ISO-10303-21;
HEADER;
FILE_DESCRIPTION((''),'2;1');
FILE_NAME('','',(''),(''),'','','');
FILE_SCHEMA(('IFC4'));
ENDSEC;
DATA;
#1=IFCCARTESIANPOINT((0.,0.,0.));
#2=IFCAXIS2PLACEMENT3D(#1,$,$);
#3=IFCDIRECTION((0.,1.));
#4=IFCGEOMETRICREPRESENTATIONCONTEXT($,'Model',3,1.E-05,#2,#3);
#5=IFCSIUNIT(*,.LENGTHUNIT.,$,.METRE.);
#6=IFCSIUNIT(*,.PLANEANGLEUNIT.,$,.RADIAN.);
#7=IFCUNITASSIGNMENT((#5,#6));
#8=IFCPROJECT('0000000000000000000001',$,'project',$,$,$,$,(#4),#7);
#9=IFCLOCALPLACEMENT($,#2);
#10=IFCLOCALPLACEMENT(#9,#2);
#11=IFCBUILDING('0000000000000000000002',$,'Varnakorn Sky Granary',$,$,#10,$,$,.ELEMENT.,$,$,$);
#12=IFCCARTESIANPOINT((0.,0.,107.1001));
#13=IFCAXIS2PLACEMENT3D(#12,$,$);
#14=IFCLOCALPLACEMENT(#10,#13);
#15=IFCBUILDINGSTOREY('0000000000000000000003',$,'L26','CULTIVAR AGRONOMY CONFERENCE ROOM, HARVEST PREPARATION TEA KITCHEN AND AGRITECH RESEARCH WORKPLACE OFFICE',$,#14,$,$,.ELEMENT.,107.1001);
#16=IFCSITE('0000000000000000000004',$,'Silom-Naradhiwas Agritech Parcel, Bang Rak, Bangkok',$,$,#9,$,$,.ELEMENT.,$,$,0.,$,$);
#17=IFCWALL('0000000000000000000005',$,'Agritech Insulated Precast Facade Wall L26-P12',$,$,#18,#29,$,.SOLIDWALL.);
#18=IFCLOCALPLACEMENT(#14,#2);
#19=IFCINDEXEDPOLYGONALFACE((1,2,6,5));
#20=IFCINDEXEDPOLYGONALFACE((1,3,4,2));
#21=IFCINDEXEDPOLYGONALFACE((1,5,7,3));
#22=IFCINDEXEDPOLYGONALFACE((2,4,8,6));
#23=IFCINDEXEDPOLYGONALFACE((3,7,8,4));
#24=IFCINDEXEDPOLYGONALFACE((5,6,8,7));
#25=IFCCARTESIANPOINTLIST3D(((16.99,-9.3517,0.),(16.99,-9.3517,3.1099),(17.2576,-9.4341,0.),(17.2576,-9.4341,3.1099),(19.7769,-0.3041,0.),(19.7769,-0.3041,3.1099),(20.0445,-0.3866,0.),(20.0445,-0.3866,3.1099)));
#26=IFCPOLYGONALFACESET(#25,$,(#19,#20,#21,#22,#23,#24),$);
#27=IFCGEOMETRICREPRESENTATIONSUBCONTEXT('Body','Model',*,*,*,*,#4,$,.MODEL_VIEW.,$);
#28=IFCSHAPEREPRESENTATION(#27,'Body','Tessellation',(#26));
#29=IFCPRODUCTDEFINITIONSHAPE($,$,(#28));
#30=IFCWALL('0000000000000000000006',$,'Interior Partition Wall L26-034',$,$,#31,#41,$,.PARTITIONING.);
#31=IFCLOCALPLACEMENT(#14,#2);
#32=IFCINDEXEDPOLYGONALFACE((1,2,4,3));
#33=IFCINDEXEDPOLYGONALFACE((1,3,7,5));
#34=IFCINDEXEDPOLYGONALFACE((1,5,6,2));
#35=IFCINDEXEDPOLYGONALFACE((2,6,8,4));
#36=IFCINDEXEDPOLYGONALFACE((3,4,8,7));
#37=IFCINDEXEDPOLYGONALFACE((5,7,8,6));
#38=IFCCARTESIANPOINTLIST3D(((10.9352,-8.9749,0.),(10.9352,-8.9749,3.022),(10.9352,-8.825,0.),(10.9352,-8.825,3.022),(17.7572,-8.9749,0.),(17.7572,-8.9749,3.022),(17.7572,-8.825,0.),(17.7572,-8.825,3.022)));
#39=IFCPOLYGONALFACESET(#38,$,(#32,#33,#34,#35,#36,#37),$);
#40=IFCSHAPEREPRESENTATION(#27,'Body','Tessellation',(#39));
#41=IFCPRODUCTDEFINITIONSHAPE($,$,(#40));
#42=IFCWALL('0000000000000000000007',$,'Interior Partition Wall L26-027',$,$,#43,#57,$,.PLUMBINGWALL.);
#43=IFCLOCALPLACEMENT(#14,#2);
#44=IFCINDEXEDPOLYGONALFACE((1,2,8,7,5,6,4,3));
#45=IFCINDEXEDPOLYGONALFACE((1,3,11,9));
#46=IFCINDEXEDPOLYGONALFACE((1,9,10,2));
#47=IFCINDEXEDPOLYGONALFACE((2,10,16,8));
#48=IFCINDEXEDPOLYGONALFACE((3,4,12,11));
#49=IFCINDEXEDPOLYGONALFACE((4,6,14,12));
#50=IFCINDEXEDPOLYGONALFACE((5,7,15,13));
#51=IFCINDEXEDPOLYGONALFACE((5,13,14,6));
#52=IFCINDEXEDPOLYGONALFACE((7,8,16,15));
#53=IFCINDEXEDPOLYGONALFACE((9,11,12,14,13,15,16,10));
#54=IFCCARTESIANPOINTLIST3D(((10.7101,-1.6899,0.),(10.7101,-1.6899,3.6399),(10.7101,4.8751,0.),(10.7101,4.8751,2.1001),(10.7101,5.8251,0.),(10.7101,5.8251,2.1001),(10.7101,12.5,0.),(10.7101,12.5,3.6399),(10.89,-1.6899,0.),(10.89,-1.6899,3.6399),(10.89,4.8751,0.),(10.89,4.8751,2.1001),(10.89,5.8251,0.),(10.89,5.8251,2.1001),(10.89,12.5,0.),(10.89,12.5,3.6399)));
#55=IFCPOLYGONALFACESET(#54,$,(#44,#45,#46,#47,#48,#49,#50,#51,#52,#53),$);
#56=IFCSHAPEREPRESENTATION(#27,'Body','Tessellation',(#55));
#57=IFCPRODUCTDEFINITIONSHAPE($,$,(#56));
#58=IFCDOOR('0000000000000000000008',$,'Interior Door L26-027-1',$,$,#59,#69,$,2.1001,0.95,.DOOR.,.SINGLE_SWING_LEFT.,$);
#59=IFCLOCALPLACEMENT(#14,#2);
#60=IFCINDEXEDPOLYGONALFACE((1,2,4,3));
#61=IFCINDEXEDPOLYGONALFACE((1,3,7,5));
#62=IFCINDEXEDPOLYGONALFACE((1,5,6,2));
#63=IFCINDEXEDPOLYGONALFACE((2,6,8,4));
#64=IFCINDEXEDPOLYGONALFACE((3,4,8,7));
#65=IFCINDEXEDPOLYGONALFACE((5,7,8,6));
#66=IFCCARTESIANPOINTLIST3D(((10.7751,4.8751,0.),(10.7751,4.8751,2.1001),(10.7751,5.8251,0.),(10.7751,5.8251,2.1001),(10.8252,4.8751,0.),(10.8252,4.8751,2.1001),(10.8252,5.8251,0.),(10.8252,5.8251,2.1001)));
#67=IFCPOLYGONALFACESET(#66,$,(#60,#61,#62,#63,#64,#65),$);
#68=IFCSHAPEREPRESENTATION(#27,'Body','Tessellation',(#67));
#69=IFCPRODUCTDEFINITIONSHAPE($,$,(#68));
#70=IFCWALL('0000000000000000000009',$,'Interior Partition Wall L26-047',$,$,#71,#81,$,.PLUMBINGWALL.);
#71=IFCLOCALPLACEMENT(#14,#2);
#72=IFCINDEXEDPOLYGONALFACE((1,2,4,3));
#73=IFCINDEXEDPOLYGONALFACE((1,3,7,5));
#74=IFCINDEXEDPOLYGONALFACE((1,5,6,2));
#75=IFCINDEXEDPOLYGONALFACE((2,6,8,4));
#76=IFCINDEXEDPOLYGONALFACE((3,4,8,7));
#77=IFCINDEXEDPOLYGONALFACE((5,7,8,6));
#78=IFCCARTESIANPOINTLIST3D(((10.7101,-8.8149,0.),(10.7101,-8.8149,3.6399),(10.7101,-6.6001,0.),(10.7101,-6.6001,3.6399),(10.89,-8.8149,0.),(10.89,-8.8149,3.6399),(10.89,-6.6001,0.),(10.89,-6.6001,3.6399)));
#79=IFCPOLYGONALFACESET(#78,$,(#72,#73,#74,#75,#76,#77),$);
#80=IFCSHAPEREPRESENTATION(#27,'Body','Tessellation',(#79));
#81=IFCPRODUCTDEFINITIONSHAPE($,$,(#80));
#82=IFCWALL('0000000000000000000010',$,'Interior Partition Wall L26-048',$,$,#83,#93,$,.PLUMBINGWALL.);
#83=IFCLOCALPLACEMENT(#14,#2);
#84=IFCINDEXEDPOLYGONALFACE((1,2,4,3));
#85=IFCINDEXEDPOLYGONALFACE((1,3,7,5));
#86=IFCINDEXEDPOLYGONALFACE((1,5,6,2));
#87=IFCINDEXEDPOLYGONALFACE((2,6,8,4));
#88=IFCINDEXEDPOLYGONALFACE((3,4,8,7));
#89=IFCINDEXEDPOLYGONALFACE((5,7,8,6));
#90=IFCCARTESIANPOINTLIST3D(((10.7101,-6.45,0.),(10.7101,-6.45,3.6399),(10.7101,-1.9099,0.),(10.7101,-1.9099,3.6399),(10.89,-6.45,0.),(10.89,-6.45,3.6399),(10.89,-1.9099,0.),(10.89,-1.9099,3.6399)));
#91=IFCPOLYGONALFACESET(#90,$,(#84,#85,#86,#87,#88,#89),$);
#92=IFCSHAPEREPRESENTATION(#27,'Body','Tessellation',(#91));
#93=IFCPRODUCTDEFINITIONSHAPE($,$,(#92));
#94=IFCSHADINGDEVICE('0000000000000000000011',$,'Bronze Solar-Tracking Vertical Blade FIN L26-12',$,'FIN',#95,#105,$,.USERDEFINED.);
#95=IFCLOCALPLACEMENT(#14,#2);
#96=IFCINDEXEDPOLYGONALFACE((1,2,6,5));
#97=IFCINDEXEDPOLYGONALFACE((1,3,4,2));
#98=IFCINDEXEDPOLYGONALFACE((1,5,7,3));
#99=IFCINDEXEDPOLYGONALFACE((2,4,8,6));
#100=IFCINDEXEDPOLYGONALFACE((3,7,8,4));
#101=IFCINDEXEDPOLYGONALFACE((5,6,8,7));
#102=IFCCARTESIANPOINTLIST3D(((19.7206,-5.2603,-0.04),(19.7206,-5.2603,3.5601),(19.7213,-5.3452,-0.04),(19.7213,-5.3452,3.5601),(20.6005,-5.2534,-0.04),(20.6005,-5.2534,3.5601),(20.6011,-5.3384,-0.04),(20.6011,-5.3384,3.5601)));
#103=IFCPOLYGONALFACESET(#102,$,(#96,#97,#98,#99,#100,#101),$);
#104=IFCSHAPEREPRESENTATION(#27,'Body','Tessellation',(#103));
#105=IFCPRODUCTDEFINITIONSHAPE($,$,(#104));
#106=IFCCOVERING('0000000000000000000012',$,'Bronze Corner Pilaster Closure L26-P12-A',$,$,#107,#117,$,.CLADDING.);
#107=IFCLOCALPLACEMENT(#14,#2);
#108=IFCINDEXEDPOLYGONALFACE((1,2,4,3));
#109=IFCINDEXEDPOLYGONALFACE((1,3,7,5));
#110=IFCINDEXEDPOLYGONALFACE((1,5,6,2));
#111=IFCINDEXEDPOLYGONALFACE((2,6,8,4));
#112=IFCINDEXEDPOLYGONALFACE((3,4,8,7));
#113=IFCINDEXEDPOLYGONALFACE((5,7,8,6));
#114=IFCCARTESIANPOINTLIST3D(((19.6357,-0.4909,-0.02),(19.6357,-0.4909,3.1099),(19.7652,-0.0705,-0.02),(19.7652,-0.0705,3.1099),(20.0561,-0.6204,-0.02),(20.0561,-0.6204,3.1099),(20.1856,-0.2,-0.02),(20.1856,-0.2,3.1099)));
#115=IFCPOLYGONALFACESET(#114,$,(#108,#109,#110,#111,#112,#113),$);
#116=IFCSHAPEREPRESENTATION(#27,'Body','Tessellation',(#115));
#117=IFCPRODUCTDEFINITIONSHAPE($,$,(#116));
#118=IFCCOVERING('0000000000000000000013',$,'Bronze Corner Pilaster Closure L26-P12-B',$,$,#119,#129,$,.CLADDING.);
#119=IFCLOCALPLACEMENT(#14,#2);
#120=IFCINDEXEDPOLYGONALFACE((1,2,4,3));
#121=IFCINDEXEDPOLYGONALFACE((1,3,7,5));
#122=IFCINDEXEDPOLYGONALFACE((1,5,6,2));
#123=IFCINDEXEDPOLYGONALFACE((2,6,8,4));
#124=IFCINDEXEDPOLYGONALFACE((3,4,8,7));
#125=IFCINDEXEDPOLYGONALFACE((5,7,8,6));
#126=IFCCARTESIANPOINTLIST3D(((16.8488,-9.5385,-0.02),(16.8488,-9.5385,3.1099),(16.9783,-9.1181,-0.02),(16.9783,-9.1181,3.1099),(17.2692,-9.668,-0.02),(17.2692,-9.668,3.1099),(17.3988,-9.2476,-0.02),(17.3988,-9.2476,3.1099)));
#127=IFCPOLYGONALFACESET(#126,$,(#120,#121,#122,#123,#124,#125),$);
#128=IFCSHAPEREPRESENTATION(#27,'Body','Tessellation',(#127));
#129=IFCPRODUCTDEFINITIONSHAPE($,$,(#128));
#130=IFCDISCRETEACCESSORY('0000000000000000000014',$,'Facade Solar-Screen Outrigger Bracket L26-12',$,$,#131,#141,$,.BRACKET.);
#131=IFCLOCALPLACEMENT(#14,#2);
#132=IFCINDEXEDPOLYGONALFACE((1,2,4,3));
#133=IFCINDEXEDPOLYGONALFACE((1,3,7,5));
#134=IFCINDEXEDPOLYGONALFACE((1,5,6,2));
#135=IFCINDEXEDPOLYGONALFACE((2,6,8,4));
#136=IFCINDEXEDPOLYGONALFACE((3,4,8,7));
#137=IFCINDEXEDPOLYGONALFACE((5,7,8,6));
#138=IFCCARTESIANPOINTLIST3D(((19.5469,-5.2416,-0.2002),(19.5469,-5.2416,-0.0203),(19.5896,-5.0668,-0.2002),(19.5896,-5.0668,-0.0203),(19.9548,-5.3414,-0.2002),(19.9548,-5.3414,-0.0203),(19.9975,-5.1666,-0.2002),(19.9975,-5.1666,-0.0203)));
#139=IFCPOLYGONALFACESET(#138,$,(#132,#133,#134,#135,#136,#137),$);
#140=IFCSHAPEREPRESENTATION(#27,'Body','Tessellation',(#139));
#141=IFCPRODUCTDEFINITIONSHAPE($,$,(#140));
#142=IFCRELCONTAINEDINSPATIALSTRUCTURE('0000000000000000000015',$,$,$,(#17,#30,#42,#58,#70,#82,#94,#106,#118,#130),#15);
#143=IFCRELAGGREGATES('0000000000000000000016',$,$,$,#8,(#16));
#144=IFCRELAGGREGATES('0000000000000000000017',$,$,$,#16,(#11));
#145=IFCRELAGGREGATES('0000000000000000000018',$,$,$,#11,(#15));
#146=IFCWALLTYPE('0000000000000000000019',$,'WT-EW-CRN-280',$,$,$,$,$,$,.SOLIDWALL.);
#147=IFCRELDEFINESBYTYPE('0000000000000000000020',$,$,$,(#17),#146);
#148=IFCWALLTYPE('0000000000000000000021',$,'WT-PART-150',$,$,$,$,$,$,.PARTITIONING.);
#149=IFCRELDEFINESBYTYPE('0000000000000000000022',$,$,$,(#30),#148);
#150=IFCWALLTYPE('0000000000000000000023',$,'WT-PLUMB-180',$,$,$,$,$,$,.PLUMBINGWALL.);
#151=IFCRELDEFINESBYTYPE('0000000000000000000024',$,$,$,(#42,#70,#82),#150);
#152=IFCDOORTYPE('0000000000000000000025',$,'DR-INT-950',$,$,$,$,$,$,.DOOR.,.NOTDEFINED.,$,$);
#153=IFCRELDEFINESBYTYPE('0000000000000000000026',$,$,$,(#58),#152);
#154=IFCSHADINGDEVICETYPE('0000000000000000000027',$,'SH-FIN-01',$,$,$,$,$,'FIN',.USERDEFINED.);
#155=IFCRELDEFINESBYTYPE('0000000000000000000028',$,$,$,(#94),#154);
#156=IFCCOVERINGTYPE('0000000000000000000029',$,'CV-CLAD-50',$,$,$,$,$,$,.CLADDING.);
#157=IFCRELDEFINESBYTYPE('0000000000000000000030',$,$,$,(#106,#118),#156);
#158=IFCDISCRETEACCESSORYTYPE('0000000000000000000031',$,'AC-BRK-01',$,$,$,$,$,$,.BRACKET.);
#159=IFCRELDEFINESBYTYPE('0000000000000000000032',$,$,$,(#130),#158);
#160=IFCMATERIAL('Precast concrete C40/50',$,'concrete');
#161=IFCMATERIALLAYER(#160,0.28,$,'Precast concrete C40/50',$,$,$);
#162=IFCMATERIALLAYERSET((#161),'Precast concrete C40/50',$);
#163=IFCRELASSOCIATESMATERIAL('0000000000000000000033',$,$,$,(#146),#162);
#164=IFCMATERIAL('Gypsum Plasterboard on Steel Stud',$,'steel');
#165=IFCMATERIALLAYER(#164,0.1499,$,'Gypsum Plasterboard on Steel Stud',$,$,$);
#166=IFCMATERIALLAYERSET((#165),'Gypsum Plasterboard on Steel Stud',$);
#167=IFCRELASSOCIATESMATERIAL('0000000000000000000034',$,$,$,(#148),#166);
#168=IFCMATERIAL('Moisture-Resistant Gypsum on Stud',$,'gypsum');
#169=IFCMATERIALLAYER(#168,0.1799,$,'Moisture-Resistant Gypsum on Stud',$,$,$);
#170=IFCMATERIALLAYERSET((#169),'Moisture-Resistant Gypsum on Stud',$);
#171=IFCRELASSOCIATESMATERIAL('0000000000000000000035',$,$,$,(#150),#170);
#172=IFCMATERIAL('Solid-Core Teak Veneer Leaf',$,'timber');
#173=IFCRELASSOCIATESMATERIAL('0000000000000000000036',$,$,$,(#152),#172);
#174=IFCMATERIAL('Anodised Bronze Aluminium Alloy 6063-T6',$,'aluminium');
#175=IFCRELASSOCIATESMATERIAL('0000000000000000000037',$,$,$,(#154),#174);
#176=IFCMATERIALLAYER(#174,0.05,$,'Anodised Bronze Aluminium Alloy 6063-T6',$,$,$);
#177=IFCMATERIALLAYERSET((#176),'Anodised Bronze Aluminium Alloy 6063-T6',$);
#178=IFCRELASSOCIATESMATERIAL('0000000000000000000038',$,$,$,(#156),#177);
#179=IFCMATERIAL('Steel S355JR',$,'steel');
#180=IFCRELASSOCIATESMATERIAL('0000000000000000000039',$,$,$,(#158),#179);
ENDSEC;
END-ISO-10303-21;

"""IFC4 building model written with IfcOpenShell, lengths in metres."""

from ifc_helpers import new_model, si_unit, direction, frame, frame_2d, origin, origin_2d, place, context, subcontext, project, spatial, rectangle, extrude, source, transform, mapped, material, layer, layer_set, type_object, type_shapes, element, fill, save


model = new_model("IFC4")

# Units and contexts
model_context = context("Model", 3, precision=1e-05, world=origin(), true_north=direction((0.0, 1.0)))
body_context = subcontext(model_context, "Body", "Model", "MODEL_VIEW")
ifc_project = project(units=[si_unit("LENGTHUNIT", "METRE"), si_unit("PLANEANGLEUNIT", "RADIAN")], contexts=[model_context])

# Site, building, storey
site_placement = place(None, origin())
site = spatial("IfcSite", under=ifc_project, at=site_placement, Name="Silom-Naradhiwas Agritech Parcel, Bang Rak, Bangkok", CompositionType="ELEMENT", RefElevation=0.0)
building_placement = place(site_placement, origin())
building = spatial("IfcBuilding", under=site, at=building_placement, Name="Varnakorn Sky Granary", CompositionType="ELEMENT")
storey_placement = place(building_placement, frame((0.0, 0.0, 107.1001)))
storey = spatial("IfcBuildingStorey", under=building, at=storey_placement, Name="L26", Description="CULTIVAR AGRONOMY CONFERENCE ROOM, HARVEST PREPARATION TEA KITCHEN AND AGRITECH RESEARCH WORKPLACE OFFICE", CompositionType="ELEMENT", Elevation=107.1001)

# Shared definitions
ifc_material_1 = material(Name="Steel S355JR", Category="steel")

# Shared definitions
ifc_material_2 = material(Name="Anodised Bronze Aluminium Alloy 6063-T6", Category="aluminium")

# Walls
ifc_material_3 = material(Name="Precast concrete C40/50", Category="concrete")
ifc_layer_1 = layer(ifc_material_3, 0.28, Name="Precast concrete C40/50")
ifc_layer_set_1 = layer_set([ifc_layer_1], Name="Precast concrete C40/50")
wall_type_1 = type_object("IfcWallType", Name="WT-EW-CRN-280", PredefinedType="SOLIDWALL", material=ifc_layer_set_1)
wall_1_placement = place(storey_placement, frame((19.9106, -0.3455, 0.0), z_axis=(0.0, 0.0, 1.0), x_axis=(-0.294374, -0.95569, 0.0)))
element("IfcWall", 1, at=wall_1_placement, inside=storey, type_object=wall_type_1, Name="Agritech Insulated Precast Facade Wall L26-P12", PredefinedType="SOLIDWALL", context=body_context, shape_type="SweptSolid", body=[
    extrude(rectangle(XDim=9.467, YDim=0.28, at=frame_2d((4.7334, 0.0))), origin(), (0.0, 0.0, 1.0), 3.1099),
])
ifc_material_4 = material(Name="Gypsum Plasterboard on Steel Stud", Category="steel")
ifc_layer_2 = layer(ifc_material_4, 0.1499, Name="Gypsum Plasterboard on Steel Stud")
ifc_layer_set_2 = layer_set([ifc_layer_2], Name="Gypsum Plasterboard on Steel Stud")
wall_type_2 = type_object("IfcWallType", Name="WT-PART-150", PredefinedType="PARTITIONING", material=ifc_layer_set_2)
wall_2_placement = place(storey_placement, frame((10.9351, -8.8999, 0.0), z_axis=(0.0, 0.0, 1.0), x_axis=(1.0, 0.0, 0.0)))
element("IfcWall", 2, at=wall_2_placement, inside=storey, type_object=wall_type_2, Name="Interior Partition Wall L26-034", PredefinedType="PARTITIONING", context=body_context, shape_type="SweptSolid", body=[
    extrude(rectangle(XDim=6.822, YDim=0.1499, at=frame_2d((3.4111, 0.0))), origin(), (0.0, 0.0, 1.0), 3.022),
])

# Wall, opening, door
ifc_material_5 = material(Name="Moisture-Resistant Gypsum on Stud", Category="gypsum")
ifc_layer_3 = layer(ifc_material_5, 0.1799, Name="Moisture-Resistant Gypsum on Stud")
ifc_layer_set_3 = layer_set([ifc_layer_3], Name="Moisture-Resistant Gypsum on Stud")
wall_type_3 = type_object("IfcWallType", Name="WT-PLUMB-180", PredefinedType="PLUMBINGWALL", material=ifc_layer_set_3)
wall_3_placement = place(storey_placement, frame((10.8, -1.6899, 0.0), z_axis=(0.0, 0.0, 1.0), x_axis=(0.0, 1.0, 0.0)))
wall_3 = element("IfcWall", 3, at=wall_3_placement, inside=storey, type_object=wall_type_3, Name="Interior Partition Wall L26-027", PredefinedType="PLUMBINGWALL", context=body_context, shape_type="SweptSolid", body=[
    extrude(rectangle(XDim=14.1899, YDim=0.1799, at=frame_2d((7.095, 0.0))), origin(), (0.0, 0.0, 1.0), 3.6399),
])
opening_placement = place(wall_3_placement, frame((6.5649, 0.0, 0.0)))
opening = element("IfcOpeningElement", 4, at=opening_placement, cuts=wall_3, PredefinedType="OPENING", context=body_context, shape_type="SweptSolid", body=[
    extrude(rectangle(XDim=0.95, YDim=2.1001, at=frame_2d((0.4751, 1.05))), frame((0.0, 0.1001, 0.0), z_axis=(0.0, -1.0, 0.0), x_axis=(1.0, 0.0, 0.0)), (0.0, 0.0, 1.0), 0.2),
])
ifc_material_6 = material(Name="Solid-Core Teak Veneer Leaf", Category="timber")
door_type = type_object("IfcDoorType", Name="DR-INT-950", OperationType="NOTDEFINED", PredefinedType="DOOR", material=ifc_material_6)
door_placement = place(opening_placement, origin())
door = element("IfcDoor", 5, at=door_placement, inside=storey, type_object=door_type, Name="Interior Door L26-027-1", OperationType="SINGLE_SWING_LEFT", OverallHeight=2.1001, OverallWidth=0.95, PredefinedType="DOOR", context=body_context, shape_type="SweptSolid", body=[
    extrude(rectangle(XDim=0.95, YDim=2.1001, at=frame_2d((0.4751, 1.05))), frame((0.0, 0.0249, 0.0), z_axis=(0.0, -1.0, 0.0), x_axis=(1.0, 0.0, 0.0)), (0.0, 0.0, 1.0), 0.05),
])
fill(opening, door)

# Walls
wall_4_placement = place(storey_placement, frame((10.8, -8.8149, 0.0), z_axis=(0.0, 0.0, 1.0), x_axis=(0.0, 1.0, 0.0)))
element("IfcWall", 6, at=wall_4_placement, inside=storey, type_object=wall_type_3, Name="Interior Partition Wall L26-047", PredefinedType="PLUMBINGWALL", context=body_context, shape_type="SweptSolid", body=[
    extrude(rectangle(XDim=2.2148, YDim=0.1799, at=frame_2d((1.1074, 0.0))), origin(), (0.0, 0.0, 1.0), 3.6399),
])
wall_5_placement = place(storey_placement, frame((10.8, -6.45, 0.0), z_axis=(0.0, 0.0, 1.0), x_axis=(0.0, 1.0, 0.0)))
element("IfcWall", 7, at=wall_5_placement, inside=storey, type_object=wall_type_3, Name="Interior Partition Wall L26-048", PredefinedType="PLUMBINGWALL", context=body_context, shape_type="SweptSolid", body=[
    extrude(rectangle(XDim=4.54, YDim=0.1799, at=frame_2d((2.27, 0.0))), origin(), (0.0, 0.0, 1.0), 3.6399),
])

# Shading device
shading_device_type = type_object("IfcShadingDeviceType", Name="SH-FIN-01", ElementType="FIN", PredefinedType="USERDEFINED", material=ifc_material_2)
shared_shape_1 = source(origin(), body_context, "Body", "SweptSolid", [
    extrude(rectangle(XDim=0.085, YDim=0.8799, at=origin_2d()), origin(), (0.0, 0.0, 1.0), 3.6001),
])
type_shapes(shading_device_type, [shared_shape_1])
shading_device_placement = place(storey_placement, frame((20.1609, -5.2993, -0.04), z_axis=(0.0, 0.0, 1.0), x_axis=(-0.007783, 0.99997, 0.0)))
element("IfcShadingDevice", 8, at=shading_device_placement, inside=storey, type_object=shading_device_type, Name="Bronze Solar-Tracking Vertical Blade FIN L26-12", ObjectType="FIN", PredefinedType="USERDEFINED", context=body_context, shape_type="MappedRepresentation", body=[
    mapped(shared_shape_1, transform((0.0, 0.0, 0.0), x_axis=(1.0, 0.0, 0.0), y_axis=(0.0, 1.0, 0.0), z_axis=(0.0, 0.0, 1.0), scale=1.0)),
])

# Coverings
ifc_layer_4 = layer(ifc_material_2, 0.05, Name="Anodised Bronze Aluminium Alloy 6063-T6")
ifc_layer_set_4 = layer_set([ifc_layer_4], Name="Anodised Bronze Aluminium Alloy 6063-T6")
covering_type = type_object("IfcCoveringType", Name="CV-CLAD-50", PredefinedType="CLADDING", material=ifc_layer_set_4)
shared_shape_2 = source(origin(), body_context, "Body", "SweptSolid", [
    extrude(rectangle(XDim=0.4399, YDim=0.4399, at=origin_2d()), origin(), (0.0, 0.0, 1.0), 3.1299),
])
type_shapes(covering_type, [shared_shape_2])
for number, where, z_axis, x_axis, name in (
    (9, (19.9106, -0.3455, -0.02), (0.0, 0.0, 1.0), (-0.294374, -0.95569, 0.0), "Bronze Corner Pilaster Closure L26-P12-A"),
    (10, (17.1238, -9.3931, -0.02), (0.0, 0.0, 1.0), (-0.294374, -0.95569, 0.0), "Bronze Corner Pilaster Closure L26-P12-B"),
):
    element("IfcCovering", number, at=place(storey_placement, frame(where, z_axis=z_axis, x_axis=x_axis)), inside=storey, type_object=covering_type, Name=name, PredefinedType="CLADDING", context=body_context, shape_type="MappedRepresentation", body=[
        mapped(shared_shape_2, transform((0.0, 0.0, 0.0), x_axis=(1.0, 0.0, 0.0), y_axis=(0.0, 1.0, 0.0), z_axis=(0.0, 0.0, 1.0), scale=1.0)),
    ])

# Discrete accessory
discrete_accessory_type = type_object("IfcDiscreteAccessoryType", Name="AC-BRK-01", PredefinedType="BRACKET", material=ifc_material_1)
shared_shape_3 = source(origin(), body_context, "Body", "SweptSolid", [
    extrude(rectangle(XDim=0.1799, YDim=0.4199, at=origin_2d()), origin(), (0.0, 0.0, 1.0), 0.1799),
])
type_shapes(discrete_accessory_type, [shared_shape_3])
discrete_accessory_placement = place(storey_placement, frame((19.7722, -5.2041, -0.2002), z_axis=(0.0, 0.0, 1.0), x_axis=(0.237635, 0.971354, 0.0)))
element("IfcDiscreteAccessory", 11, at=discrete_accessory_placement, inside=storey, type_object=discrete_accessory_type, Name="Facade Solar-Screen Outrigger Bracket L26-12", PredefinedType="BRACKET", context=body_context, shape_type="MappedRepresentation", body=[
    mapped(shared_shape_3, transform((0.0, 0.0, 0.0), x_axis=(1.0, 0.0, 0.0), y_axis=(0.0, 1.0, 0.0), z_axis=(0.0, 0.0, 1.0), scale=1.0)),
])

save(model, "model.ifc")
